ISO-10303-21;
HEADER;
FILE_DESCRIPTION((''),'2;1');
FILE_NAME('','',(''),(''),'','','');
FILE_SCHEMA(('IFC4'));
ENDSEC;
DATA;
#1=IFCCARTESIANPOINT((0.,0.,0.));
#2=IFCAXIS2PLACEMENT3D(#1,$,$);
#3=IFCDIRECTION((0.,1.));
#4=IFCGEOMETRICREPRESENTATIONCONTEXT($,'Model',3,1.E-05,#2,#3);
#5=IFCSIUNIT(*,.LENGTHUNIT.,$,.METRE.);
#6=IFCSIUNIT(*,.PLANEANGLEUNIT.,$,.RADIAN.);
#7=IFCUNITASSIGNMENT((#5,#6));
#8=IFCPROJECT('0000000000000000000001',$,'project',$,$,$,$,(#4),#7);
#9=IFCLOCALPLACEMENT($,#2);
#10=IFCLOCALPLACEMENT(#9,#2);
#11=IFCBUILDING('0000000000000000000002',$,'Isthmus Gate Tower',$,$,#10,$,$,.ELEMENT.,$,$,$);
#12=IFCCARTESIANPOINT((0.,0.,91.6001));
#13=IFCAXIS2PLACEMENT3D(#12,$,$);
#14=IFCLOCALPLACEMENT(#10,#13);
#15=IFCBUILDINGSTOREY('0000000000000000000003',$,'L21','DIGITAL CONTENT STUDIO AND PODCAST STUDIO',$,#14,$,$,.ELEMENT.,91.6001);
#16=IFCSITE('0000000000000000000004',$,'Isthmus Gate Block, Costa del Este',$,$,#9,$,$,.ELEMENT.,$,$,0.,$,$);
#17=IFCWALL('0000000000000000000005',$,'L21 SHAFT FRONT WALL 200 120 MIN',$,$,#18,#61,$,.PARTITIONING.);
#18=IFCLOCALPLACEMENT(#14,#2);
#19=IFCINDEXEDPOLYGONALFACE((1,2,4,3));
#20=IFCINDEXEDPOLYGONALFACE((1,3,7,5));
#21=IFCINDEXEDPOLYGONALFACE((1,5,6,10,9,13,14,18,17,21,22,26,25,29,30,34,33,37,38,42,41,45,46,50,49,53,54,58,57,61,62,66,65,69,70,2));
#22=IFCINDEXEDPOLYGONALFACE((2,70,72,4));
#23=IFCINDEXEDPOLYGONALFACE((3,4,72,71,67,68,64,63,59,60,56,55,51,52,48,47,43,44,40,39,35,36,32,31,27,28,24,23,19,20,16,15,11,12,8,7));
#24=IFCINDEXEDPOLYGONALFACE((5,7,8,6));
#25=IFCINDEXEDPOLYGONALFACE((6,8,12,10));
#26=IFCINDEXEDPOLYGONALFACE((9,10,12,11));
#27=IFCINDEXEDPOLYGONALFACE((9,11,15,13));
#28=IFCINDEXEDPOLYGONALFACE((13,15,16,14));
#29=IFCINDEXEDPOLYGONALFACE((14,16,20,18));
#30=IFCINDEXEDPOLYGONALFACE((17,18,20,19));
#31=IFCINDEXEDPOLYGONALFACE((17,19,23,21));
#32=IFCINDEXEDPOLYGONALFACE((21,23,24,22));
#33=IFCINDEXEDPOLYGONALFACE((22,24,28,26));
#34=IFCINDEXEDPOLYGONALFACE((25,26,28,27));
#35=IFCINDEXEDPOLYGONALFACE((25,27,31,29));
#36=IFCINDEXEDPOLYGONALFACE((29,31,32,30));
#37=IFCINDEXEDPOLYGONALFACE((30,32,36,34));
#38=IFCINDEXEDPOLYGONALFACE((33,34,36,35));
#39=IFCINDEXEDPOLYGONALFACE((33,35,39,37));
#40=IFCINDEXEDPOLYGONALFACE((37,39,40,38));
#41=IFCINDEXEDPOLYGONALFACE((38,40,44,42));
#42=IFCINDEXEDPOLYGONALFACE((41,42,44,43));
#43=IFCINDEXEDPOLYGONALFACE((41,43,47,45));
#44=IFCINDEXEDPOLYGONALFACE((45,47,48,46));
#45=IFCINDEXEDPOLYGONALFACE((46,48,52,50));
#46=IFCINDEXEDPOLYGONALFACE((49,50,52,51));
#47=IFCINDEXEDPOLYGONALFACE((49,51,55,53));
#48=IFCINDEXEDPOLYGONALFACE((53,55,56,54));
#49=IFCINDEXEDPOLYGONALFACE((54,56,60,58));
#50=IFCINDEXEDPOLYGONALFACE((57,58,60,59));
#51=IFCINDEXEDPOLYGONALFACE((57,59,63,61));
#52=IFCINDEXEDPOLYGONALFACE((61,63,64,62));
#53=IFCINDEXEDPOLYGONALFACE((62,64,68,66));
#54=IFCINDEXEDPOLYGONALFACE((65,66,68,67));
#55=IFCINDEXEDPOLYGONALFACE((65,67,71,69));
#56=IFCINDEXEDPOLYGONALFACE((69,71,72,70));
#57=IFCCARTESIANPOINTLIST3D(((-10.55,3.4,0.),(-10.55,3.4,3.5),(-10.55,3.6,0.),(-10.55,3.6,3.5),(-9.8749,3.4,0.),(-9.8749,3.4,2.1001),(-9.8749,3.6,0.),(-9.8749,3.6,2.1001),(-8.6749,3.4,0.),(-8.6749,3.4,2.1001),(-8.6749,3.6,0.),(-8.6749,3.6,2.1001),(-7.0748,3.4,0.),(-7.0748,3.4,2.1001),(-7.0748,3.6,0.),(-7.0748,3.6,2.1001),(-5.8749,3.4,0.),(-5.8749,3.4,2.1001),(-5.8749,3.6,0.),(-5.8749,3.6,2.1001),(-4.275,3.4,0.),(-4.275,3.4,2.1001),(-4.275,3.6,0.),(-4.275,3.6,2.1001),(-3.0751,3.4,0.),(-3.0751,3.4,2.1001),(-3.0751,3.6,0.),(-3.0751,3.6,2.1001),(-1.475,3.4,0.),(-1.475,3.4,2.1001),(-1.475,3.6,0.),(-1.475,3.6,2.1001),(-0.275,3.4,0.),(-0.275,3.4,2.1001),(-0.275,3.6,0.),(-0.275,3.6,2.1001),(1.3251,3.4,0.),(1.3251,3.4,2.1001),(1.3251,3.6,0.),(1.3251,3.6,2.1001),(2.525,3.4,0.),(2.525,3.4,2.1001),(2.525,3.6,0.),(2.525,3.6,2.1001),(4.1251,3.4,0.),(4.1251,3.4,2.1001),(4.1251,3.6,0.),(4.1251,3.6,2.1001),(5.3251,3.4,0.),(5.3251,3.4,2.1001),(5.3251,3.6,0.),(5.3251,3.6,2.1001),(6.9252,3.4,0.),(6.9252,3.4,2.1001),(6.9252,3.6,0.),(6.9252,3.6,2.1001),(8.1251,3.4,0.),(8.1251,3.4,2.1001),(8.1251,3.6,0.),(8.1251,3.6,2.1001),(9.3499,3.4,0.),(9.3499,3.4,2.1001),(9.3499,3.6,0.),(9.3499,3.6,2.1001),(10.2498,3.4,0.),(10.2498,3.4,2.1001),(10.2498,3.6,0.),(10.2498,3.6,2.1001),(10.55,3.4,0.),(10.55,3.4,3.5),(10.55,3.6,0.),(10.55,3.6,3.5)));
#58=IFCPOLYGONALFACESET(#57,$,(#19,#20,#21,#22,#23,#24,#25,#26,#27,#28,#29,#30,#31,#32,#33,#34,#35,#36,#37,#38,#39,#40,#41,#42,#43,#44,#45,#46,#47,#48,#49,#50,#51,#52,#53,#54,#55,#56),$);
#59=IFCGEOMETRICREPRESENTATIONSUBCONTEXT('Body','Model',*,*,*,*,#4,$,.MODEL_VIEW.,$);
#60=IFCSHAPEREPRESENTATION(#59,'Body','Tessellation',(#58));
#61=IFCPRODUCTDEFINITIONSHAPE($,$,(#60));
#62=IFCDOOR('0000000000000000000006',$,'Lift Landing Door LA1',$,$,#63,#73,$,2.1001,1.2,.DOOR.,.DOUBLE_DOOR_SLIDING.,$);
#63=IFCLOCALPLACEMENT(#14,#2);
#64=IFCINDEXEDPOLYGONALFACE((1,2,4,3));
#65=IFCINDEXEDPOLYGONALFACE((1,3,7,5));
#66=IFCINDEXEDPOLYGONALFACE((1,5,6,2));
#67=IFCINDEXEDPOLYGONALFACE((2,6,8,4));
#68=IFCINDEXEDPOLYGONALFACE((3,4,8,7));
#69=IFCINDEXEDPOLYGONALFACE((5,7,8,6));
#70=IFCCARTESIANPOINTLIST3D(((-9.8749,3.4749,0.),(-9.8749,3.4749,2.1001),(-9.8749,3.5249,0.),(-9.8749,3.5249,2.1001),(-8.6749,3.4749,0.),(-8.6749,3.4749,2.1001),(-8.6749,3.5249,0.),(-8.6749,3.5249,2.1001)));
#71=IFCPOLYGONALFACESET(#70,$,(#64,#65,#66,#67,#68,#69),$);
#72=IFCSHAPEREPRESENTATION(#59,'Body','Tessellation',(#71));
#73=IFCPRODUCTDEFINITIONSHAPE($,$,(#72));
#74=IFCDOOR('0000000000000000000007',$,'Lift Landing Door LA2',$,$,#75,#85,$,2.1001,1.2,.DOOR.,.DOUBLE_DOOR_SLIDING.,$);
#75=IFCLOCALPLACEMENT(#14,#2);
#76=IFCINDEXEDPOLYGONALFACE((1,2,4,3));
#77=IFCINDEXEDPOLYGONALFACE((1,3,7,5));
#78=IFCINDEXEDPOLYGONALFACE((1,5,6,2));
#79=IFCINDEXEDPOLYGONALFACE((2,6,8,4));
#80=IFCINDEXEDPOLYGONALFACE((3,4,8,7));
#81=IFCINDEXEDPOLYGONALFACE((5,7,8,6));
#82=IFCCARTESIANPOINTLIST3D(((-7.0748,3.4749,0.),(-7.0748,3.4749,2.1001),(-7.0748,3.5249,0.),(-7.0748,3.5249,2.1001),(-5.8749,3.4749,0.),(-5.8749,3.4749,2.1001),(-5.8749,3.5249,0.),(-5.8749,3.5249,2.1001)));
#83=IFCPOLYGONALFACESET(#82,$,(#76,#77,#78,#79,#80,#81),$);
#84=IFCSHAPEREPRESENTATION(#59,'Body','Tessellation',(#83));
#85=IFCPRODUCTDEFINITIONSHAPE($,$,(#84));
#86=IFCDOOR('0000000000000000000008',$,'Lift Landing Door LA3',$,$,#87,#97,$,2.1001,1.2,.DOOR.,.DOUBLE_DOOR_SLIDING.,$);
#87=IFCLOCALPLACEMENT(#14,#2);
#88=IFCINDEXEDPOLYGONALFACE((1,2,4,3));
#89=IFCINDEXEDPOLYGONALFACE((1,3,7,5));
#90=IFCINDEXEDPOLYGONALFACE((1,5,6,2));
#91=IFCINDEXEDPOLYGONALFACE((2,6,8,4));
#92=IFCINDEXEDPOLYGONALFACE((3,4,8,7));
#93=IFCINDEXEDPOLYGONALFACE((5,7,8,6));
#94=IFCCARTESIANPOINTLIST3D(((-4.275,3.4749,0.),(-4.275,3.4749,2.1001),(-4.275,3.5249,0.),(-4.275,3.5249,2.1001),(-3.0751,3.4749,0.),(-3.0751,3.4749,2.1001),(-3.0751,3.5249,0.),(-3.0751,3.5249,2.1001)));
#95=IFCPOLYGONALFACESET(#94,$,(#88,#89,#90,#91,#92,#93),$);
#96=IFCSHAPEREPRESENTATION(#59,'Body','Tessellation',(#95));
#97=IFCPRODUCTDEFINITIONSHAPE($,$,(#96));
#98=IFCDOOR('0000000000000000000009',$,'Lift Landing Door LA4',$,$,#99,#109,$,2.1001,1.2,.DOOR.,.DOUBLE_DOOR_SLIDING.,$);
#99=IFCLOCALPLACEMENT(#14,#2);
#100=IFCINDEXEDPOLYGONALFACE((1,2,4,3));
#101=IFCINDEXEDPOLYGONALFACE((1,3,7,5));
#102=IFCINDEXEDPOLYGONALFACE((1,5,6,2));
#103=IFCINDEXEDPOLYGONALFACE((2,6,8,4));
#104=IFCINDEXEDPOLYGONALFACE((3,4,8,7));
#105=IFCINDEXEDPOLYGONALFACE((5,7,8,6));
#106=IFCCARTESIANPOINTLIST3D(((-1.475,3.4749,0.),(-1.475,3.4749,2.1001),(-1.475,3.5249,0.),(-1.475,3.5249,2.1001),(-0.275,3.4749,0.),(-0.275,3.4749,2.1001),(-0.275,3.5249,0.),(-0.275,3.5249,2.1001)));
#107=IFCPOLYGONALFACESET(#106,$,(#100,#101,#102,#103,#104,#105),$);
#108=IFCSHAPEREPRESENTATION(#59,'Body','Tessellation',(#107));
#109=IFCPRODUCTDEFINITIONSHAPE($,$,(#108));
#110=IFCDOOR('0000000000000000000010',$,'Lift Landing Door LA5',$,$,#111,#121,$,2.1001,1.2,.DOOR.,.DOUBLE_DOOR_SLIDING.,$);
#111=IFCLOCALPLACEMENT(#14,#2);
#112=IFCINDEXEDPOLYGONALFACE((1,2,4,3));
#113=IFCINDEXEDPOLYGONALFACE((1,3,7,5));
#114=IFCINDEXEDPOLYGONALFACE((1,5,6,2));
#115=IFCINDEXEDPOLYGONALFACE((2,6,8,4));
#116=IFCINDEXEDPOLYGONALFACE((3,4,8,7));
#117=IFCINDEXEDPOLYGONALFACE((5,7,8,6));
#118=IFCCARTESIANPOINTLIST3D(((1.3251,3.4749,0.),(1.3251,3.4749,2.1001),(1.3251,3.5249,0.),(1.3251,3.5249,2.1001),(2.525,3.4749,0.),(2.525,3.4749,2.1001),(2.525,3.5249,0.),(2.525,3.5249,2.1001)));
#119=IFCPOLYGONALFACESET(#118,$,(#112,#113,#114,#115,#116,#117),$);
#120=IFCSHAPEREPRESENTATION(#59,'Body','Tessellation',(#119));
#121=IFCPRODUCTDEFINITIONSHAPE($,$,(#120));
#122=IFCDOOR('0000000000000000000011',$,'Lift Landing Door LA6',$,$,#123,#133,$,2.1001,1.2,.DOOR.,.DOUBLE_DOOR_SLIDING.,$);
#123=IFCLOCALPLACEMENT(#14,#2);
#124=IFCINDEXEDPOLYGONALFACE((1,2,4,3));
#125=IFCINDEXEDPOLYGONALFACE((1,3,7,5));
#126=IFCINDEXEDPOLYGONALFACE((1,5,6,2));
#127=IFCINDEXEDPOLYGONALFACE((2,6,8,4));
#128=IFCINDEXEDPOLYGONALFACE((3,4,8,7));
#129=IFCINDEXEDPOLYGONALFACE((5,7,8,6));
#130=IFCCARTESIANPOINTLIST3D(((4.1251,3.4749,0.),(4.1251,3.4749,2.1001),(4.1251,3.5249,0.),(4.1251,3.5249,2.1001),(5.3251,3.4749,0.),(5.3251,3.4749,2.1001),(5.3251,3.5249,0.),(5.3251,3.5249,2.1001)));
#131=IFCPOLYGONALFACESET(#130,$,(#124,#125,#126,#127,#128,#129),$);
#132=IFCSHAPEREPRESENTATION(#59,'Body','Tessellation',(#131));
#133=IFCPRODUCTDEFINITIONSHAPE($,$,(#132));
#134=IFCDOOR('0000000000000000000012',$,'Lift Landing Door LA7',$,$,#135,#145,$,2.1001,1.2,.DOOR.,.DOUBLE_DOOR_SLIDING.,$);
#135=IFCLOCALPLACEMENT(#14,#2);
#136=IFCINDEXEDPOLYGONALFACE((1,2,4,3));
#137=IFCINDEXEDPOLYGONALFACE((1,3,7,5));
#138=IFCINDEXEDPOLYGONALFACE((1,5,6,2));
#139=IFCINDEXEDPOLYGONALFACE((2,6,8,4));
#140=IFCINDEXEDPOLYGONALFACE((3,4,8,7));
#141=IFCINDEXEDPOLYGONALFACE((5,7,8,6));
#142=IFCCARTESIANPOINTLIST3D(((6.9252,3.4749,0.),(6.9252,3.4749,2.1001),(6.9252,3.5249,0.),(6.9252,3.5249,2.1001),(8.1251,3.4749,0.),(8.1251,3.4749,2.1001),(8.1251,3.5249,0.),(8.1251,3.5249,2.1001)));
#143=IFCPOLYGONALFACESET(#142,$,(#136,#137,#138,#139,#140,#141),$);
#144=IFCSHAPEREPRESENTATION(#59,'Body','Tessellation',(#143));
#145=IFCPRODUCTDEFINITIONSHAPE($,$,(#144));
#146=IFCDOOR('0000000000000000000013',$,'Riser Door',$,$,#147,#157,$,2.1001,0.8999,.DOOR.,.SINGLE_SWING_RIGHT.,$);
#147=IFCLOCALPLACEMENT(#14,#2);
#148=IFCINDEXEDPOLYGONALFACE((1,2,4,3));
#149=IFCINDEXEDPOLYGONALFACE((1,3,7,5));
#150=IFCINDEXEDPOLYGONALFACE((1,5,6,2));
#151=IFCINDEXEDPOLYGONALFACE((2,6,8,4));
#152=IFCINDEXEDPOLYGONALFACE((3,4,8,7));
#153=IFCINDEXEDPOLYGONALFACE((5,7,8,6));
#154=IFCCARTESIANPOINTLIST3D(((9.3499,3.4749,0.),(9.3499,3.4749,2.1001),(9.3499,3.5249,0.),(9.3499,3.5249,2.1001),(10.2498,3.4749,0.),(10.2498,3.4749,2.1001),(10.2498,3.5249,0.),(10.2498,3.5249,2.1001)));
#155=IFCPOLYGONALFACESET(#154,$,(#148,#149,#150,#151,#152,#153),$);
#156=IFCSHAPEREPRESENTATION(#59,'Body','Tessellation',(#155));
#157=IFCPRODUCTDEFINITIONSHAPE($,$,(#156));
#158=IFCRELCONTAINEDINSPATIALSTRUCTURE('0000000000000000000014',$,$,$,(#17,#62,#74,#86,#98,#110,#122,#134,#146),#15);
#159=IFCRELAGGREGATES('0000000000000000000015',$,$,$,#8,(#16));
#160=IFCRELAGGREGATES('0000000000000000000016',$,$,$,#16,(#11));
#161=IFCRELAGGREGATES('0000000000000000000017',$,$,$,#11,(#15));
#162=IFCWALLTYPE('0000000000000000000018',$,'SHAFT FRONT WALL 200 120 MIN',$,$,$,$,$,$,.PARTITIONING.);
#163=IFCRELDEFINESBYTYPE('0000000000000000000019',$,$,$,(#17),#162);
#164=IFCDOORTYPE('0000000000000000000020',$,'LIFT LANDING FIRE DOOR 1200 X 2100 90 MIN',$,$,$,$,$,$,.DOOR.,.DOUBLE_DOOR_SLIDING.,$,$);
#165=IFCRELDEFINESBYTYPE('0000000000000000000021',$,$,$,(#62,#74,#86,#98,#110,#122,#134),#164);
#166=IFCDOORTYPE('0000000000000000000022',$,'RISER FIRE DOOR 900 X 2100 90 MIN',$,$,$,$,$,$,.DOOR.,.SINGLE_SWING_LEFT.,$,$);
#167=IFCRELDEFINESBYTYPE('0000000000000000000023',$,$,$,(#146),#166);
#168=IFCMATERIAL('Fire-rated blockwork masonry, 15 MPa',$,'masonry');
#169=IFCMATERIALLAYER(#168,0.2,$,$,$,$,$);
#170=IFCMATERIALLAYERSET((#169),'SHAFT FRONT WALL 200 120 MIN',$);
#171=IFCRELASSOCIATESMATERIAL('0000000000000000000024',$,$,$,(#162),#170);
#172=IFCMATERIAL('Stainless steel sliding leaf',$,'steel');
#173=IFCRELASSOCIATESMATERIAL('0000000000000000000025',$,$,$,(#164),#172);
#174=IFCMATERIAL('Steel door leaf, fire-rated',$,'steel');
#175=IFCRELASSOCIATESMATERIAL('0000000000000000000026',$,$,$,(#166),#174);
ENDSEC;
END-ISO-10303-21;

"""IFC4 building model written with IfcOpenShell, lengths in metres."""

from ifc_helpers import new_model, si_unit, direction, frame, frame_2d, origin, place, context, subcontext, project, spatial, rectangle, extrude, material, layer, layer_set, type_object, element, fill, save


model = new_model("IFC4")

# Units and contexts
model_context = context("Model", 3, precision=1e-05, world=origin(), true_north=direction((0.0, 1.0)))
body_context = subcontext(model_context, "Body", "Model", "MODEL_VIEW")
ifc_project = project(units=[si_unit("LENGTHUNIT", "METRE"), si_unit("PLANEANGLEUNIT", "RADIAN")], contexts=[model_context])

# Site, building, storey
site_placement = place(None, origin())
site = spatial("IfcSite", under=ifc_project, at=site_placement, Name="Isthmus Gate Block, Costa del Este", CompositionType="ELEMENT", RefElevation=0.0)
building_placement = place(site_placement, origin())
building = spatial("IfcBuilding", under=site, at=building_placement, Name="Isthmus Gate Tower", CompositionType="ELEMENT")
storey_placement = place(building_placement, frame((0.0, 0.0, 91.6001)))
storey = spatial("IfcBuildingStorey", under=building, at=storey_placement, Name="L21", Description="DIGITAL CONTENT STUDIO AND PODCAST STUDIO", CompositionType="ELEMENT", Elevation=91.6001)

# Wall, openings, doors
ifc_material_1 = material(Name="Fire-rated blockwork masonry, 15 MPa", Category="masonry")
ifc_layer_1 = layer(ifc_material_1, 0.2)
ifc_layer_set_1 = layer_set([ifc_layer_1], Name="SHAFT FRONT WALL 200 120 MIN")
wall_type_1 = type_object("IfcWallType", Name="SHAFT FRONT WALL 200 120 MIN", PredefinedType="PARTITIONING", material=ifc_layer_set_1)
wall_placement = place(storey_placement, frame((-10.55, 3.5, 0.0), z_axis=(0.0, 0.0, 1.0), x_axis=(1.0, 0.0, 0.0)))
wall = element("IfcWall", 1, at=wall_placement, inside=storey, type_object=wall_type_1, Name="L21 SHAFT FRONT WALL 200 120 MIN", PredefinedType="PARTITIONING", context=body_context, shape_type="SweptSolid", body=[
    extrude(rectangle(XDim=21.1001, YDim=0.2, at=frame_2d((10.55, 0.0))), origin(), (0.0, 0.0, 1.0), 3.5),
])
opening_1_placement = place(wall_placement, frame((0.675, 0.0, 0.0)))
opening_1 = element("IfcOpeningElement", 2, at=opening_1_placement, cuts=wall, PredefinedType="OPENING", context=body_context, shape_type="SweptSolid", body=[
    extrude(rectangle(XDim=1.2, YDim=2.1001, at=frame_2d((0.6001, 1.05))), frame((0.0, 0.1099, 0.0), z_axis=(0.0, -1.0, 0.0), x_axis=(1.0, 0.0, 0.0)), (0.0, 0.0, 1.0), 0.22),
])
opening_2_placement = place(wall_placement, frame((3.4751, 0.0, 0.0)))
opening_2 = element("IfcOpeningElement", 3, at=opening_2_placement, cuts=wall, PredefinedType="OPENING", context=body_context, shape_type="SweptSolid", body=[
    extrude(rectangle(XDim=1.2, YDim=2.1001, at=frame_2d((0.6001, 1.05))), frame((0.0, 0.1099, 0.0), z_axis=(0.0, -1.0, 0.0), x_axis=(1.0, 0.0, 0.0)), (0.0, 0.0, 1.0), 0.22),
])
opening_3_placement = place(wall_placement, frame((6.2749, 0.0, 0.0)))
opening_3 = element("IfcOpeningElement", 4, at=opening_3_placement, cuts=wall, PredefinedType="OPENING", context=body_context, shape_type="SweptSolid", body=[
    extrude(rectangle(XDim=1.2, YDim=2.1001, at=frame_2d((0.6001, 1.05))), frame((0.0, 0.1099, 0.0), z_axis=(0.0, -1.0, 0.0), x_axis=(1.0, 0.0, 0.0)), (0.0, 0.0, 1.0), 0.22),
])
opening_4_placement = place(wall_placement, frame((9.075, 0.0, 0.0)))
opening_4 = element("IfcOpeningElement", 5, at=opening_4_placement, cuts=wall, PredefinedType="OPENING", context=body_context, shape_type="SweptSolid", body=[
    extrude(rectangle(XDim=1.2, YDim=2.1001, at=frame_2d((0.6001, 1.05))), frame((0.0, 0.1099, 0.0), z_axis=(0.0, -1.0, 0.0), x_axis=(1.0, 0.0, 0.0)), (0.0, 0.0, 1.0), 0.22),
])
opening_5_placement = place(wall_placement, frame((11.875, 0.0, 0.0)))
opening_5 = element("IfcOpeningElement", 6, at=opening_5_placement, cuts=wall, PredefinedType="OPENING", context=body_context, shape_type="SweptSolid", body=[
    extrude(rectangle(XDim=1.2, YDim=2.1001, at=frame_2d((0.6001, 1.05))), frame((0.0, 0.1099, 0.0), z_axis=(0.0, -1.0, 0.0), x_axis=(1.0, 0.0, 0.0)), (0.0, 0.0, 1.0), 0.22),
])
opening_6_placement = place(wall_placement, frame((14.675, 0.0, 0.0)))
opening_6 = element("IfcOpeningElement", 7, at=opening_6_placement, cuts=wall, PredefinedType="OPENING", context=body_context, shape_type="SweptSolid", body=[
    extrude(rectangle(XDim=1.2, YDim=2.1001, at=frame_2d((0.6001, 1.05))), frame((0.0, 0.1099, 0.0), z_axis=(0.0, -1.0, 0.0), x_axis=(1.0, 0.0, 0.0)), (0.0, 0.0, 1.0), 0.22),
])
opening_7_placement = place(wall_placement, frame((17.4751, 0.0, 0.0)))
opening_7 = element("IfcOpeningElement", 8, at=opening_7_placement, cuts=wall, PredefinedType="OPENING", context=body_context, shape_type="SweptSolid", body=[
    extrude(rectangle(XDim=1.2, YDim=2.1001, at=frame_2d((0.6001, 1.05))), frame((0.0, 0.1099, 0.0), z_axis=(0.0, -1.0, 0.0), x_axis=(1.0, 0.0, 0.0)), (0.0, 0.0, 1.0), 0.22),
])
opening_8_placement = place(wall_placement, frame((19.8999, 0.0, 0.0)))
opening_8 = element("IfcOpeningElement", 9, at=opening_8_placement, cuts=wall, PredefinedType="OPENING", context=body_context, shape_type="SweptSolid", body=[
    extrude(rectangle(XDim=0.8999, YDim=2.1001, at=frame_2d((0.45, 1.05))), frame((0.0, 0.1099, 0.0), z_axis=(0.0, -1.0, 0.0), x_axis=(1.0, 0.0, 0.0)), (0.0, 0.0, 1.0), 0.22),
])
ifc_material_2 = material(Name="Stainless steel sliding leaf", Category="steel")
door_type_1 = type_object("IfcDoorType", Name="LIFT LANDING FIRE DOOR 1200 X 2100 90 MIN", OperationType="DOUBLE_DOOR_SLIDING", PredefinedType="DOOR", material=ifc_material_2)
door_1_placement = place(opening_1_placement, origin())
door_1 = element("IfcDoor", 10, at=door_1_placement, inside=storey, type_object=door_type_1, Name="Lift Landing Door LA1", OperationType="DOUBLE_DOOR_SLIDING", OverallHeight=2.1001, OverallWidth=1.2, PredefinedType="DOOR", context=body_context, shape_type="SweptSolid", body=[
    extrude(rectangle(XDim=1.2, YDim=2.1001, at=frame_2d((0.6001, 1.05))), frame((0.0, 0.0249, 0.0), z_axis=(0.0, -1.0, 0.0), x_axis=(1.0, 0.0, 0.0)), (0.0, 0.0, 1.0), 0.05),
])
fill(opening_1, door_1)
door_2_placement = place(opening_2_placement, origin())
door_2 = element("IfcDoor", 11, at=door_2_placement, inside=storey, type_object=door_type_1, Name="Lift Landing Door LA2", OperationType="DOUBLE_DOOR_SLIDING", OverallHeight=2.1001, OverallWidth=1.2, PredefinedType="DOOR", context=body_context, shape_type="SweptSolid", body=[
    extrude(rectangle(XDim=1.2, YDim=2.1001, at=frame_2d((0.6001, 1.05))), frame((0.0, 0.0249, 0.0), z_axis=(0.0, -1.0, 0.0), x_axis=(1.0, 0.0, 0.0)), (0.0, 0.0, 1.0), 0.05),
])
fill(opening_2, door_2)
door_3_placement = place(opening_3_placement, origin())
door_3 = element("IfcDoor", 12, at=door_3_placement, inside=storey, type_object=door_type_1, Name="Lift Landing Door LA3", OperationType="DOUBLE_DOOR_SLIDING", OverallHeight=2.1001, OverallWidth=1.2, PredefinedType="DOOR", context=body_context, shape_type="SweptSolid", body=[
    extrude(rectangle(XDim=1.2, YDim=2.1001, at=frame_2d((0.6001, 1.05))), frame((0.0, 0.0249, 0.0), z_axis=(0.0, -1.0, 0.0), x_axis=(1.0, 0.0, 0.0)), (0.0, 0.0, 1.0), 0.05),
])
fill(opening_3, door_3)
door_4_placement = place(opening_4_placement, origin())
door_4 = element("IfcDoor", 13, at=door_4_placement, inside=storey, type_object=door_type_1, Name="Lift Landing Door LA4", OperationType="DOUBLE_DOOR_SLIDING", OverallHeight=2.1001, OverallWidth=1.2, PredefinedType="DOOR", context=body_context, shape_type="SweptSolid", body=[
    extrude(rectangle(XDim=1.2, YDim=2.1001, at=frame_2d((0.6001, 1.05))), frame((0.0, 0.0249, 0.0), z_axis=(0.0, -1.0, 0.0), x_axis=(1.0, 0.0, 0.0)), (0.0, 0.0, 1.0), 0.05),
])
fill(opening_4, door_4)
door_5_placement = place(opening_5_placement, origin())
door_5 = element("IfcDoor", 14, at=door_5_placement, inside=storey, type_object=door_type_1, Name="Lift Landing Door LA5", OperationType="DOUBLE_DOOR_SLIDING", OverallHeight=2.1001, OverallWidth=1.2, PredefinedType="DOOR", context=body_context, shape_type="SweptSolid", body=[
    extrude(rectangle(XDim=1.2, YDim=2.1001, at=frame_2d((0.6001, 1.05))), frame((0.0, 0.0249, 0.0), z_axis=(0.0, -1.0, 0.0), x_axis=(1.0, 0.0, 0.0)), (0.0, 0.0, 1.0), 0.05),
])
fill(opening_5, door_5)
door_6_placement = place(opening_6_placement, origin())
door_6 = element("IfcDoor", 15, at=door_6_placement, inside=storey, type_object=door_type_1, Name="Lift Landing Door LA6", OperationType="DOUBLE_DOOR_SLIDING", OverallHeight=2.1001, OverallWidth=1.2, PredefinedType="DOOR", context=body_context, shape_type="SweptSolid", body=[
    extrude(rectangle(XDim=1.2, YDim=2.1001, at=frame_2d((0.6001, 1.05))), frame((0.0, 0.0249, 0.0), z_axis=(0.0, -1.0, 0.0), x_axis=(1.0, 0.0, 0.0)), (0.0, 0.0, 1.0), 0.05),
])
fill(opening_6, door_6)
door_7_placement = place(opening_7_placement, origin())
door_7 = element("IfcDoor", 16, at=door_7_placement, inside=storey, type_object=door_type_1, Name="Lift Landing Door LA7", OperationType="DOUBLE_DOOR_SLIDING", OverallHeight=2.1001, OverallWidth=1.2, PredefinedType="DOOR", context=body_context, shape_type="SweptSolid", body=[
    extrude(rectangle(XDim=1.2, YDim=2.1001, at=frame_2d((0.6001, 1.05))), frame((0.0, 0.0249, 0.0), z_axis=(0.0, -1.0, 0.0), x_axis=(1.0, 0.0, 0.0)), (0.0, 0.0, 1.0), 0.05),
])
fill(opening_7, door_7)
ifc_material_3 = material(Name="Steel door leaf, fire-rated", Category="steel")
door_type_2 = type_object("IfcDoorType", Name="RISER FIRE DOOR 900 X 2100 90 MIN", OperationType="SINGLE_SWING_LEFT", PredefinedType="DOOR", material=ifc_material_3)
door_8_placement = place(opening_8_placement, origin())
door_8 = element("IfcDoor", 17, at=door_8_placement, inside=storey, type_object=door_type_2, Name="Riser Door", OperationType="SINGLE_SWING_RIGHT", OverallHeight=2.1001, OverallWidth=0.8999, PredefinedType="DOOR", context=body_context, shape_type="SweptSolid", body=[
    extrude(rectangle(XDim=0.8999, YDim=2.1001, at=frame_2d((0.45, 1.05))), frame((0.0, 0.0249, 0.0), z_axis=(0.0, -1.0, 0.0), x_axis=(1.0, 0.0, 0.0)), (0.0, 0.0, 1.0), 0.05),
])
fill(opening_8, door_8)

save(model, "model.ifc")
